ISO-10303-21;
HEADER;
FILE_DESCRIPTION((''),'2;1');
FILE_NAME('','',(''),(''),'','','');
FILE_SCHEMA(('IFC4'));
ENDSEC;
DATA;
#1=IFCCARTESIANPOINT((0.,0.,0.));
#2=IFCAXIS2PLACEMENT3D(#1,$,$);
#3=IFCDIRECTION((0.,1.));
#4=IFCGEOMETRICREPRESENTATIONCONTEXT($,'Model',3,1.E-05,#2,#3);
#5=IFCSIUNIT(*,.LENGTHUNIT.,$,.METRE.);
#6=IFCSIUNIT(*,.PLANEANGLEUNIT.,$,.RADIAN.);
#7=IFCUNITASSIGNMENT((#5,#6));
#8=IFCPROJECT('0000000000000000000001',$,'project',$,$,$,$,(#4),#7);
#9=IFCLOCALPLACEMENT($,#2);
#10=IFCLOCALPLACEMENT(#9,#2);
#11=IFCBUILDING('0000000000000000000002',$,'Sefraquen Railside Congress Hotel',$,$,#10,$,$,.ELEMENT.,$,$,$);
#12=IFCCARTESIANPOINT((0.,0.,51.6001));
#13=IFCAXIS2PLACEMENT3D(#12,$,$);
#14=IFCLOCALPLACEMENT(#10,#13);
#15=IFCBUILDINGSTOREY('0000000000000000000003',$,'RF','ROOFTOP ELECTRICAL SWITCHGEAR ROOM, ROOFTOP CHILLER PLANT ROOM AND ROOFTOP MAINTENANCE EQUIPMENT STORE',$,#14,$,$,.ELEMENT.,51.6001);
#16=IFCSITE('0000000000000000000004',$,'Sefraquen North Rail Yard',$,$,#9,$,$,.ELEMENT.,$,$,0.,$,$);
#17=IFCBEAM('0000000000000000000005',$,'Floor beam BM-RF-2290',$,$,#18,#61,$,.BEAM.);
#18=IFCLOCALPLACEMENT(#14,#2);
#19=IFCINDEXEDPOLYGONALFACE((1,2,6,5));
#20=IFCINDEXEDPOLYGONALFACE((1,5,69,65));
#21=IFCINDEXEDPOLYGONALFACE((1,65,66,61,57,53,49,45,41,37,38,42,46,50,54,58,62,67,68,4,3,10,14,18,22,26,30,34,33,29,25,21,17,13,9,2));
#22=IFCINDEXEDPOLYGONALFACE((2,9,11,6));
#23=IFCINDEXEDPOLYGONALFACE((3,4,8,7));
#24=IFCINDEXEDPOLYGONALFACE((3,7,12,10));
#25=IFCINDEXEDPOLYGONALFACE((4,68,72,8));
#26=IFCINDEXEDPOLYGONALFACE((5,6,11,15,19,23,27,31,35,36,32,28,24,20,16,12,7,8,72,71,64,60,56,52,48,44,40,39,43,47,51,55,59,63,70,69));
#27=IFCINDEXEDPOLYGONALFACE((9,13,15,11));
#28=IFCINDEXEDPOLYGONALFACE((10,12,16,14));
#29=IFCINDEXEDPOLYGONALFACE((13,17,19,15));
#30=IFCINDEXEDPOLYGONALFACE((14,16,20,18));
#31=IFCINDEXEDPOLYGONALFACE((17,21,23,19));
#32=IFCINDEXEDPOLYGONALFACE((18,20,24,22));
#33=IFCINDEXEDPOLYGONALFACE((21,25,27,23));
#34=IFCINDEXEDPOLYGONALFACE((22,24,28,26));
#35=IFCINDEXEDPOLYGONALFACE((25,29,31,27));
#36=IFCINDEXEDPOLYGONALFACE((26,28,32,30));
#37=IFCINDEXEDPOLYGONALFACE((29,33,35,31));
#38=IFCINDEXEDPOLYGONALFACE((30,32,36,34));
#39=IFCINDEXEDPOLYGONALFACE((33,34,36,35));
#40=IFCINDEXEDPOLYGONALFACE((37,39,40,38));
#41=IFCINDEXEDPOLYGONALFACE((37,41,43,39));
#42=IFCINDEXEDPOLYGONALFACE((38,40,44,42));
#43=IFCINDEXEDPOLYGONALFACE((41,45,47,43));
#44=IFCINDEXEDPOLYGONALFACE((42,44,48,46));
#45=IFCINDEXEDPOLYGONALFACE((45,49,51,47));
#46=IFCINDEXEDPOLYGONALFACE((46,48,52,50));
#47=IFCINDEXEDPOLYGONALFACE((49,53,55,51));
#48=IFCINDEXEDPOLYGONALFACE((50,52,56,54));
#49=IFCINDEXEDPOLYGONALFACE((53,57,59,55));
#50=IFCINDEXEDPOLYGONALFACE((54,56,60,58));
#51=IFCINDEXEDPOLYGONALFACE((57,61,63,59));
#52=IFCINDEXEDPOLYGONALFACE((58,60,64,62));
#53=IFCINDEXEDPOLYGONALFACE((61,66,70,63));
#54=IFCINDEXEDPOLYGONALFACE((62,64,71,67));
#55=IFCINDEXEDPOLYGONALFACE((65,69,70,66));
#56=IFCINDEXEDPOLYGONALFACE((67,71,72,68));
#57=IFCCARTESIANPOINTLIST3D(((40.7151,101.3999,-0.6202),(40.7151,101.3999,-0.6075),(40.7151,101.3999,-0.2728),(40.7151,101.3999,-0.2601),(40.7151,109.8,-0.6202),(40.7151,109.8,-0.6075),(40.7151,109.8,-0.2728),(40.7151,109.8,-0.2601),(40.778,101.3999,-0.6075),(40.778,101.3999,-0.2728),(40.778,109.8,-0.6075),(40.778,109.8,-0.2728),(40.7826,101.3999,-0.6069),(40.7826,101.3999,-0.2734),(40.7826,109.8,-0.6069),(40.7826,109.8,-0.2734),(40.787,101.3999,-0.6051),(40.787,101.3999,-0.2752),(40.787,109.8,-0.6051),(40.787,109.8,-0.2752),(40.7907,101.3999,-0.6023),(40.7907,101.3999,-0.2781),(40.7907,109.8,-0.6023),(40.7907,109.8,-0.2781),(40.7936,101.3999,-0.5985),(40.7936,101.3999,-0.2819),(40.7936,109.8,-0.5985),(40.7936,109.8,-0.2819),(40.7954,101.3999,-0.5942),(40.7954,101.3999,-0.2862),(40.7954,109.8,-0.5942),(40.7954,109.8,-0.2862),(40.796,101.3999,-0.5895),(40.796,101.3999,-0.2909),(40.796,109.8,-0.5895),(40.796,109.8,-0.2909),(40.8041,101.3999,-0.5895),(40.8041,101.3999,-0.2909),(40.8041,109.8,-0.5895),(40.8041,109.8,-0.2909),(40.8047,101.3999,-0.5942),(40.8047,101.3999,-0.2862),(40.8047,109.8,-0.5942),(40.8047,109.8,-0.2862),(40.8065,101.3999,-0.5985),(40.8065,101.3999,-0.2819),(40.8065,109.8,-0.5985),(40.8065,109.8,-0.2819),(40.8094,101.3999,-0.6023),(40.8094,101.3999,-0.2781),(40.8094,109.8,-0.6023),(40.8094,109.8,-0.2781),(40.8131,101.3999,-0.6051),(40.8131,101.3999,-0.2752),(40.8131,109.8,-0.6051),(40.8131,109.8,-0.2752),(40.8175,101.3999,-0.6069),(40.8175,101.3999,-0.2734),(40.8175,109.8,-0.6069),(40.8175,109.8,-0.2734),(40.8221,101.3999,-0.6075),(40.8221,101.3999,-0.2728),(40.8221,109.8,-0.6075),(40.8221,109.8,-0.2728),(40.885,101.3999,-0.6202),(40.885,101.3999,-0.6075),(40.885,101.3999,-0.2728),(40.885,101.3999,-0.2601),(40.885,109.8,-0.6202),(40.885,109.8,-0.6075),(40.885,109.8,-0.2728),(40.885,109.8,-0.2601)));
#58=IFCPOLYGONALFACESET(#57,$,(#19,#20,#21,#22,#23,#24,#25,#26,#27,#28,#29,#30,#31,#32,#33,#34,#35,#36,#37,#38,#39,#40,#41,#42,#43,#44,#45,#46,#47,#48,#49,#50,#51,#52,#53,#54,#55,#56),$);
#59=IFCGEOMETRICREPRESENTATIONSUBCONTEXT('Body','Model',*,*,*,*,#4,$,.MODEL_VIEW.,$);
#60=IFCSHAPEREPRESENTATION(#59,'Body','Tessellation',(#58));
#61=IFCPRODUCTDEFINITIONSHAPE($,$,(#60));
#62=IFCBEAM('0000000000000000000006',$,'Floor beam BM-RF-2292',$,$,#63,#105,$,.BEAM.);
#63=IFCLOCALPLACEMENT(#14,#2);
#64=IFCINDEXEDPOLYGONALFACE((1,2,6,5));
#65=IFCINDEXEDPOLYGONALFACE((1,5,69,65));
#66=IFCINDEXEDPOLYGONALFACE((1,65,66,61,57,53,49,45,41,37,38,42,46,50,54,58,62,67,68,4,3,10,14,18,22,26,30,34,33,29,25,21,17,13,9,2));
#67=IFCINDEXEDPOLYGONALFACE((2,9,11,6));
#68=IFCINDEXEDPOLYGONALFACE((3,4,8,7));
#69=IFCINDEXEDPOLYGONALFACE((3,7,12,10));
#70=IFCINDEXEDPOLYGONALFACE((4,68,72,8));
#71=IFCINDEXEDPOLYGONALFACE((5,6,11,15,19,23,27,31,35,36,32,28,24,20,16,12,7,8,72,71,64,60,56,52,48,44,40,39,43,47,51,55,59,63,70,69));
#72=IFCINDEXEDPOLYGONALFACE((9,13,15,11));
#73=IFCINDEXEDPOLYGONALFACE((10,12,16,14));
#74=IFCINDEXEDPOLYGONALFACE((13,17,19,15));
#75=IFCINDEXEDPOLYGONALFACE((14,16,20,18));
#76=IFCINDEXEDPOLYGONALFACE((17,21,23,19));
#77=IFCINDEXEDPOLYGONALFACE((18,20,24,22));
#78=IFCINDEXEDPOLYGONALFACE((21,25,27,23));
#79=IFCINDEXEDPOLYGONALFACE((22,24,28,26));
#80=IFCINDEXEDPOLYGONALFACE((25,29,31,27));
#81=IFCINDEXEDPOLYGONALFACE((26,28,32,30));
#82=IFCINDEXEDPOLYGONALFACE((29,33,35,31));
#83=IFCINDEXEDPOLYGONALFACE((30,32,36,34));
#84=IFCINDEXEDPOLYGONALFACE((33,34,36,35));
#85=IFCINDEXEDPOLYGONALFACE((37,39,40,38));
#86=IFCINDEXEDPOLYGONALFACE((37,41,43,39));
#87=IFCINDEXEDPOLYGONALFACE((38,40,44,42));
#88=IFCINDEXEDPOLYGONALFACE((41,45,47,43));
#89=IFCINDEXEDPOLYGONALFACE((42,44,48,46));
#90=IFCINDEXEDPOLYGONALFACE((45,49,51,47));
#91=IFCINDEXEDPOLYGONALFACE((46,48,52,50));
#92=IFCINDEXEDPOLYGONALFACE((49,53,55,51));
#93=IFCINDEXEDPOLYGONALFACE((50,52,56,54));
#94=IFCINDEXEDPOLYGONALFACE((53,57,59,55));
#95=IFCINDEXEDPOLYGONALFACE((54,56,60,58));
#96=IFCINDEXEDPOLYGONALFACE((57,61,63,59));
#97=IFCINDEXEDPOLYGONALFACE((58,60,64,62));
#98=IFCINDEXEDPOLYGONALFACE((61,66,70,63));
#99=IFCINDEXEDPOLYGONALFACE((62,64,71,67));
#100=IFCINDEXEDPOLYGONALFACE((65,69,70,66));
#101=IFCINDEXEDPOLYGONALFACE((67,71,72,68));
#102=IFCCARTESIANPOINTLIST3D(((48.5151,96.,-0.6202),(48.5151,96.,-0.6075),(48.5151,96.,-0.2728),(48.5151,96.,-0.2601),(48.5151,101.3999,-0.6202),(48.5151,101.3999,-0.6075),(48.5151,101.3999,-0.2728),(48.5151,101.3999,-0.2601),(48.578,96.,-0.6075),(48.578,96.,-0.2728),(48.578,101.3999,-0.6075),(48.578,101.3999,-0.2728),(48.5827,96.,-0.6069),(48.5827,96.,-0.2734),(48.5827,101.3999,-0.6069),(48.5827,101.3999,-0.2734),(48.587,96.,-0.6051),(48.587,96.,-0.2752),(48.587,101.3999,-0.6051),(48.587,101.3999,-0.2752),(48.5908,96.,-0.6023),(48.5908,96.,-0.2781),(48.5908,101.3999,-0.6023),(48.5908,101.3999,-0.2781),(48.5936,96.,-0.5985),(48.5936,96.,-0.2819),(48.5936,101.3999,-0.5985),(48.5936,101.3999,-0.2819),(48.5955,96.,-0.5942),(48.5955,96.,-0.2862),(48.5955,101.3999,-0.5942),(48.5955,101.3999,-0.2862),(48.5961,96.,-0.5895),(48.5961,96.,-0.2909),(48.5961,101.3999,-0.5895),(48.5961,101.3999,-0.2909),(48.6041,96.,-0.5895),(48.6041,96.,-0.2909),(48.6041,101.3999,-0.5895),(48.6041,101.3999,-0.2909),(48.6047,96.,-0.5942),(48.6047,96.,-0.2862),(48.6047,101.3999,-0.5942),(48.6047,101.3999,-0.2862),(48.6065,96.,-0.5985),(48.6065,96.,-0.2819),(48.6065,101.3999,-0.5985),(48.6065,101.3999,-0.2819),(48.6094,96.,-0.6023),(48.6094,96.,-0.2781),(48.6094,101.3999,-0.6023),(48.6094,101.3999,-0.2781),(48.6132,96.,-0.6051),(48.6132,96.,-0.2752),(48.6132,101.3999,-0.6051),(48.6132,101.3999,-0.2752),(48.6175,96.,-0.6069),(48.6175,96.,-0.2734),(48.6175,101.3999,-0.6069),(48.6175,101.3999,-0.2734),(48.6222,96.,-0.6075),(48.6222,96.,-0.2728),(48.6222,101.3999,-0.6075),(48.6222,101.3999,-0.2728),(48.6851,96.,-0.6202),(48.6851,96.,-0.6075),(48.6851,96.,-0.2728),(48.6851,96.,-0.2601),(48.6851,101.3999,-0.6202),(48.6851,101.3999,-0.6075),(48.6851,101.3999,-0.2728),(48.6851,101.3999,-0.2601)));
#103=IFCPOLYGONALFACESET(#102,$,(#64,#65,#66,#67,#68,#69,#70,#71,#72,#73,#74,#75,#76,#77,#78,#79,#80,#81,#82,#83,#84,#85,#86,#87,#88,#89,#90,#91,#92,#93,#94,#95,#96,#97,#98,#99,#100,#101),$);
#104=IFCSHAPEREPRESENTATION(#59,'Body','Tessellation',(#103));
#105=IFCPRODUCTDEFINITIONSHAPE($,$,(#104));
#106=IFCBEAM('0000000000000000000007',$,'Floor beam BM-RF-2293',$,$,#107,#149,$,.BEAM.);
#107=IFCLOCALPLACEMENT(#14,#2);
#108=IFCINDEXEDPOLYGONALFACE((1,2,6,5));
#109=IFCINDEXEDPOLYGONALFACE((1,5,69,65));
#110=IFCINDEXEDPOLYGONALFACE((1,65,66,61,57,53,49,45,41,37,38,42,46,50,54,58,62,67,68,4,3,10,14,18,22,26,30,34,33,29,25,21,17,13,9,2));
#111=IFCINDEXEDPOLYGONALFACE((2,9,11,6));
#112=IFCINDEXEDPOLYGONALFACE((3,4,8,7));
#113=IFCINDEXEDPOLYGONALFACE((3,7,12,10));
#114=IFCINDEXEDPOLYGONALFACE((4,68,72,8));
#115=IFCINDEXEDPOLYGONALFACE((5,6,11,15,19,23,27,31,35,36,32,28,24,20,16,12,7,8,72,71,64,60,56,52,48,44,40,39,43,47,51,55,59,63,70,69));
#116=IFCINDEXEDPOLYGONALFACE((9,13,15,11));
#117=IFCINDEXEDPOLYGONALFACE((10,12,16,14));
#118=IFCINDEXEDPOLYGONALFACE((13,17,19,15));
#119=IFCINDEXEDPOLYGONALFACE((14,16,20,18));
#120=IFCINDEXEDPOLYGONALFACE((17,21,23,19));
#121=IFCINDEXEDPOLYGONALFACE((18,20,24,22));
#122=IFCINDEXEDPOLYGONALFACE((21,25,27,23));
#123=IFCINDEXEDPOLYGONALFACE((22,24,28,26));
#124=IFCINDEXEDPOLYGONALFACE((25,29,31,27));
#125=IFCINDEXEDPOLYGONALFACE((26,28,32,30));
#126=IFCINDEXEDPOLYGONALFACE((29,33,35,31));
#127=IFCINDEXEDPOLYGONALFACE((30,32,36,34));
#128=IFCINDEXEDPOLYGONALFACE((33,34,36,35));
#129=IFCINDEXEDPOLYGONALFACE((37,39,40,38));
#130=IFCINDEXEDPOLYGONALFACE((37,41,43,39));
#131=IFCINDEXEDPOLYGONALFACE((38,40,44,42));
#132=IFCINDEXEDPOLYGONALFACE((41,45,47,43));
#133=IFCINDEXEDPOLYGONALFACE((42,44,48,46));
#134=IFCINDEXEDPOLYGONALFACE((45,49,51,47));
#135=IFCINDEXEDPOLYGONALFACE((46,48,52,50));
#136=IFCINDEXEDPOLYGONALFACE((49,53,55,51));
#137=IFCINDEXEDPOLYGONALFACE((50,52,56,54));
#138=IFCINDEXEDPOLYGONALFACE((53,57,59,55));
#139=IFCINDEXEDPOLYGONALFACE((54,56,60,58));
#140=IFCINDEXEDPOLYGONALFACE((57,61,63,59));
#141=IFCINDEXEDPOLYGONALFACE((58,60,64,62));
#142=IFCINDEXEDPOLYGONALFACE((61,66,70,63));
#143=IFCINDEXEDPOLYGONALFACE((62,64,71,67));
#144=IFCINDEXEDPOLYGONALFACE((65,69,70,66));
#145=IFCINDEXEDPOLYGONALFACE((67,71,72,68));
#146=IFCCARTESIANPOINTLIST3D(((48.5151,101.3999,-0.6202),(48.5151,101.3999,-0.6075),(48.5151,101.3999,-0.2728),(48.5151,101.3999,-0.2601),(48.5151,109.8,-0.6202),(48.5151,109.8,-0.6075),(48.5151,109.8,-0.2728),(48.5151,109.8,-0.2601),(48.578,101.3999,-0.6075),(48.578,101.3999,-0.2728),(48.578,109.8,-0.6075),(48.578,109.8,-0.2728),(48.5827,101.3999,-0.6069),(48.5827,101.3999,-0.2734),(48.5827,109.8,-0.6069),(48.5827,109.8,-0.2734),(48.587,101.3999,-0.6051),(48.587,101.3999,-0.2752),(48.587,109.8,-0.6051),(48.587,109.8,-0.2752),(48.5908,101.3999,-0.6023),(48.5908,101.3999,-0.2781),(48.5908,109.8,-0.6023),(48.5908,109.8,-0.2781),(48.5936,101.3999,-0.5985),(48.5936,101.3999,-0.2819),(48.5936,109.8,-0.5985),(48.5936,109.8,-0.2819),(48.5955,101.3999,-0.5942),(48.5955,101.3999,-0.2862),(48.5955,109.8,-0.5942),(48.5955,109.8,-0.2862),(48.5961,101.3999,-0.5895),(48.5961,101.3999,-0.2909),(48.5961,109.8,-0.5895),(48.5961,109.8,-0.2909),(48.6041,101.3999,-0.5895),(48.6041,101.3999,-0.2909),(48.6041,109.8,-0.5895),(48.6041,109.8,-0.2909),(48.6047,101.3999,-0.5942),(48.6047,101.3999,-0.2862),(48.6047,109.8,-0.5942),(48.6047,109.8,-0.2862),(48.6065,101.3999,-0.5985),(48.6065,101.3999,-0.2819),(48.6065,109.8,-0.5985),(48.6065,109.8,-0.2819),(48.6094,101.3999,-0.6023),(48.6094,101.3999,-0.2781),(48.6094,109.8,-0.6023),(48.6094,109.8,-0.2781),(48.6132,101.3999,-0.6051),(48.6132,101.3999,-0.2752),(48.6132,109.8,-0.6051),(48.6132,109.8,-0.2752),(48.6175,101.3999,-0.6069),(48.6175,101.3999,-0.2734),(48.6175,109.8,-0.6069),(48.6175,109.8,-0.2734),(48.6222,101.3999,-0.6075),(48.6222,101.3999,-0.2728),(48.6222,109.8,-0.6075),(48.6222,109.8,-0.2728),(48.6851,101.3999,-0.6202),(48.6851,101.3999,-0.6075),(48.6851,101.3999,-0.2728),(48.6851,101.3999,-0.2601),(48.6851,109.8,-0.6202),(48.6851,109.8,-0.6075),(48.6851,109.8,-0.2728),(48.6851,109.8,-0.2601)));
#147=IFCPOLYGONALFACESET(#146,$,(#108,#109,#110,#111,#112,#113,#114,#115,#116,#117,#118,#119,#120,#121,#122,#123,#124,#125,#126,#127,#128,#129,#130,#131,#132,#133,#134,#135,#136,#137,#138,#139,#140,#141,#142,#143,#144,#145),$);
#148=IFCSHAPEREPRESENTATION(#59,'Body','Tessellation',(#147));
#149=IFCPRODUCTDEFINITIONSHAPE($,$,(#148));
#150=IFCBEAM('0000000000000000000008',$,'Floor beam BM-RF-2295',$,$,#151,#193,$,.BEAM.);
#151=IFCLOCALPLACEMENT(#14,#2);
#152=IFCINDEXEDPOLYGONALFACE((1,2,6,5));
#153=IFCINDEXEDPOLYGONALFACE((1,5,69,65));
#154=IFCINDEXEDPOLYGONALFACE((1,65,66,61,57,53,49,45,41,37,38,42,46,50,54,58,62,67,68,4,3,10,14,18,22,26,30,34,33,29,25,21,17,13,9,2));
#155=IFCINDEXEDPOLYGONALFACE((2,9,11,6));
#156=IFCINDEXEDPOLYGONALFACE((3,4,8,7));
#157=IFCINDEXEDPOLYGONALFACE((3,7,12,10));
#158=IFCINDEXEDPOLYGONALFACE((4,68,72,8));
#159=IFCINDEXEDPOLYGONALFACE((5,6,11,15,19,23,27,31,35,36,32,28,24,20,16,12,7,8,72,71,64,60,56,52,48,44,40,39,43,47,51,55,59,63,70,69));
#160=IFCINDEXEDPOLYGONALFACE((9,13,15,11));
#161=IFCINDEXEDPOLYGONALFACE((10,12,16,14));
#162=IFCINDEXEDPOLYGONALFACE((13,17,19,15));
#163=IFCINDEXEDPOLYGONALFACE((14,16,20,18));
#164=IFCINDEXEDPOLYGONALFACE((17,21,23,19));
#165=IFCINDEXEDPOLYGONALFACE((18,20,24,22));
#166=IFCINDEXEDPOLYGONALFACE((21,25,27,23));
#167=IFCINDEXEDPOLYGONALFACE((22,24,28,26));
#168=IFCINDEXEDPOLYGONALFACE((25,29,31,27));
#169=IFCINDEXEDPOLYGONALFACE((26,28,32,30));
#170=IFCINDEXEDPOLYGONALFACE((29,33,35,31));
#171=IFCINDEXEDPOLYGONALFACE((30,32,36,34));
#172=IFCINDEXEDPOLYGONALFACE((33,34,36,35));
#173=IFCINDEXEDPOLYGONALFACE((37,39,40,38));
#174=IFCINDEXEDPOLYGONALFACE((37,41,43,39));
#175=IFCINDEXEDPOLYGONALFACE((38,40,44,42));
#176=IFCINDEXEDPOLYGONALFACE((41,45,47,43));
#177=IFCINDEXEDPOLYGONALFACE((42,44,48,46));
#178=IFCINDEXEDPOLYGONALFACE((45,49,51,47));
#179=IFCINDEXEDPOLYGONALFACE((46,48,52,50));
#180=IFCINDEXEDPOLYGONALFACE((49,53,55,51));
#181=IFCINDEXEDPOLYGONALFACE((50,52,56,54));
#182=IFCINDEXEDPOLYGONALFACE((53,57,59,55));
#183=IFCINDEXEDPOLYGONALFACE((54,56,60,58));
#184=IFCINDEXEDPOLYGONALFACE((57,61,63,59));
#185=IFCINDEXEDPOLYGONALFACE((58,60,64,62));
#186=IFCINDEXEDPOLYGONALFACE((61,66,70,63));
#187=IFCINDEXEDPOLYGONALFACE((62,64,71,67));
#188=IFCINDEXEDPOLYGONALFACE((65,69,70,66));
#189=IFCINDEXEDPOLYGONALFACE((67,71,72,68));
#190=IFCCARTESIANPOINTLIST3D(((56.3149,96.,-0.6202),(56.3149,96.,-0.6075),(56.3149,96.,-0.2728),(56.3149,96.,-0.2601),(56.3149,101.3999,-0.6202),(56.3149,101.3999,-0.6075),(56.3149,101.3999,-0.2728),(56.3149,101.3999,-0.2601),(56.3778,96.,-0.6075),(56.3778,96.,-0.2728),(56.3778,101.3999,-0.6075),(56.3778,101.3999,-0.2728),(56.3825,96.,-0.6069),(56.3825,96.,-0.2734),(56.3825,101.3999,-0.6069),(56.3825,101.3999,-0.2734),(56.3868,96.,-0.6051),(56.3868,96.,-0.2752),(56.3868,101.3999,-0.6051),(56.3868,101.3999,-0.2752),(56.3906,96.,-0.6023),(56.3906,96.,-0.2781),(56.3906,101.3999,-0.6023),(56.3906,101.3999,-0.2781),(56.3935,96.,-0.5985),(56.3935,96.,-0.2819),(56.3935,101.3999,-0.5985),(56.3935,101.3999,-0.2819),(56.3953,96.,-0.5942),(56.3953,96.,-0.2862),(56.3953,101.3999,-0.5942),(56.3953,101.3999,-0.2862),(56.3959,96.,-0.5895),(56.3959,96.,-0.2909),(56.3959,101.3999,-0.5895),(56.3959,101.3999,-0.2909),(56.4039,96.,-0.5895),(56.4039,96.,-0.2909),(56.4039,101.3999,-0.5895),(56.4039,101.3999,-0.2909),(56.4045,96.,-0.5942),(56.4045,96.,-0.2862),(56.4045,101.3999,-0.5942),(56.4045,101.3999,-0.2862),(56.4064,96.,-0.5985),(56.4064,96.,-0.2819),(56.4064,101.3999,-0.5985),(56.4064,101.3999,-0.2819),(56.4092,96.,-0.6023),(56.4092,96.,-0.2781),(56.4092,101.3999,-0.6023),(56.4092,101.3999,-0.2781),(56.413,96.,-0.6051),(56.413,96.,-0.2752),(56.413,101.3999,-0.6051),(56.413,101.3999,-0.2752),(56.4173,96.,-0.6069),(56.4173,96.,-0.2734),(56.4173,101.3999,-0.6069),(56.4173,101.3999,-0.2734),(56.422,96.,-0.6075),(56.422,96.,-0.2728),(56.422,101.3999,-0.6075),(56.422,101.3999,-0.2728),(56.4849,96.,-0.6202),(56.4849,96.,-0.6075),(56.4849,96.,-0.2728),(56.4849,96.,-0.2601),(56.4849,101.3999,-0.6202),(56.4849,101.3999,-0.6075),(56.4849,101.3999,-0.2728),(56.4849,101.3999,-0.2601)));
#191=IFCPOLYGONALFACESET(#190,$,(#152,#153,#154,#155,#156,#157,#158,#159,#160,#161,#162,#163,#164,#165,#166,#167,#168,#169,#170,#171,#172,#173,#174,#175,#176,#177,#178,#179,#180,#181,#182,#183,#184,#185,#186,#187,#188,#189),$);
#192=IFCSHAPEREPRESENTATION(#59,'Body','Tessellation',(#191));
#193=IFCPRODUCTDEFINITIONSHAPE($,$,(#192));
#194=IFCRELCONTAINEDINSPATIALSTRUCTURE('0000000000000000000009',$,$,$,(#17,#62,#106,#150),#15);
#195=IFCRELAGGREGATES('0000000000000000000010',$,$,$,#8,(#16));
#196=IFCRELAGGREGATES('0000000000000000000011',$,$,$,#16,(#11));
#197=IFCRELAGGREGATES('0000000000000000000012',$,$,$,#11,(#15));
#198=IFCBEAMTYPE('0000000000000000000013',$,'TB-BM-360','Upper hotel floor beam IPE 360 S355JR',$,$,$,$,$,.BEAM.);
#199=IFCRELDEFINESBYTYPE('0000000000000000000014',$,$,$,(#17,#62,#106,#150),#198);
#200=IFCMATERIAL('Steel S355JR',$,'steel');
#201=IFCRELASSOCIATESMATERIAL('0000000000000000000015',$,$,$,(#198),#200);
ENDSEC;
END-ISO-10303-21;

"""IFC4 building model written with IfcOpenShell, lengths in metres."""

from ifc_helpers import new_model, si_unit, direction, frame, origin, origin_2d, place, context, subcontext, project, spatial, i_section, extrude, material, material_profile, profile_set, type_object, element, save


model = new_model("IFC4")

# Units and contexts
model_context = context("Model", 3, precision=1e-05, world=origin(), true_north=direction((0.0, 1.0)))
body_context = subcontext(model_context, "Body", "Model", "MODEL_VIEW")
ifc_project = project(units=[si_unit("LENGTHUNIT", "METRE"), si_unit("PLANEANGLEUNIT", "RADIAN")], contexts=[model_context])

# Site, building, storey
site_placement = place(None, origin())
site = spatial("IfcSite", under=ifc_project, at=site_placement, Name="Sefraquen North Rail Yard", CompositionType="ELEMENT", RefElevation=0.0)
building_placement = place(site_placement, origin())
building = spatial("IfcBuilding", under=site, at=building_placement, Name="Sefraquen Railside Congress Hotel", CompositionType="ELEMENT")
storey_placement = place(building_placement, frame((0.0, 0.0, 51.6001)))
storey = spatial("IfcBuildingStorey", under=building, at=storey_placement, Name="RF", Description="ROOFTOP ELECTRICAL SWITCHGEAR ROOM, ROOFTOP CHILLER PLANT ROOM AND ROOFTOP MAINTENANCE EQUIPMENT STORE", CompositionType="ELEMENT", Elevation=51.6001)

# Beams
ifc_material_1 = material(Name="Steel S355JR", Category="steel")
ifc_material_profile_1 = material_profile(ifc_material_1, i_section(OverallWidth=0.1699, OverallDepth=0.3601, WebThickness=0.0081, FlangeThickness=0.0127, FilletRadius=0.0181, at=origin_2d()), Name="IPE 360")
ifc_profile_set_1 = profile_set([ifc_material_profile_1], Name="Steel S355JR")
beam_type_1 = type_object("IfcBeamType", Name="TB-BM-360", Description="Upper hotel floor beam IPE 360 S355JR", PredefinedType="BEAM", material=ifc_profile_set_1)
beam_1_placement = place(storey_placement, frame((40.8, 101.3999, -0.4402), z_axis=(0.0, 1.0, 0.0), x_axis=(-1.0, 0.0, 0.0)))
element("IfcBeam", 1, at=beam_1_placement, inside=storey, type_object=beam_type_1, Name="Floor beam BM-RF-2290", PredefinedType="BEAM", context=body_context, shape_type="SweptSolid", body=[
    extrude(i_section(OverallWidth=0.1699, OverallDepth=0.3601, WebThickness=0.0081, FlangeThickness=0.0127, FilletRadius=0.0181, at=origin_2d()), origin(), (0.0, 0.0, 1.0), 8.4001),
])
beam_2_placement = place(storey_placement, frame((48.6001, 96.0, -0.4402), z_axis=(0.0, 1.0, 0.0), x_axis=(-1.0, 0.0, 0.0)))
element("IfcBeam", 2, at=beam_2_placement, inside=storey, type_object=beam_type_1, Name="Floor beam BM-RF-2292", PredefinedType="BEAM", context=body_context, shape_type="SweptSolid", body=[
    extrude(i_section(OverallWidth=0.1699, OverallDepth=0.3601, WebThickness=0.0081, FlangeThickness=0.0127, FilletRadius=0.0181, at=origin_2d()), origin(), (0.0, 0.0, 1.0), 5.3999),
])
beam_3_placement = place(storey_placement, frame((48.6001, 101.3999, -0.4402), z_axis=(0.0, 1.0, 0.0), x_axis=(-1.0, 0.0, 0.0)))
element("IfcBeam", 3, at=beam_3_placement, inside=storey, type_object=beam_type_1, Name="Floor beam BM-RF-2293", PredefinedType="BEAM", context=body_context, shape_type="SweptSolid", body=[
    extrude(i_section(OverallWidth=0.1699, OverallDepth=0.3601, WebThickness=0.0081, FlangeThickness=0.0127, FilletRadius=0.0181, at=origin_2d()), origin(), (0.0, 0.0, 1.0), 8.4001),
])
beam_4_placement = place(storey_placement, frame((56.3999, 96.0, -0.4402), z_axis=(0.0, 1.0, 0.0), x_axis=(-1.0, 0.0, 0.0)))
element("IfcBeam", 4, at=beam_4_placement, inside=storey, type_object=beam_type_1, Name="Floor beam BM-RF-2295", PredefinedType="BEAM", context=body_context, shape_type="SweptSolid", body=[
    extrude(i_section(OverallWidth=0.1699, OverallDepth=0.3601, WebThickness=0.0081, FlangeThickness=0.0127, FilletRadius=0.0181, at=origin_2d()), origin(), (0.0, 0.0, 1.0), 5.3999),
])

save(model, "model.ifc")
